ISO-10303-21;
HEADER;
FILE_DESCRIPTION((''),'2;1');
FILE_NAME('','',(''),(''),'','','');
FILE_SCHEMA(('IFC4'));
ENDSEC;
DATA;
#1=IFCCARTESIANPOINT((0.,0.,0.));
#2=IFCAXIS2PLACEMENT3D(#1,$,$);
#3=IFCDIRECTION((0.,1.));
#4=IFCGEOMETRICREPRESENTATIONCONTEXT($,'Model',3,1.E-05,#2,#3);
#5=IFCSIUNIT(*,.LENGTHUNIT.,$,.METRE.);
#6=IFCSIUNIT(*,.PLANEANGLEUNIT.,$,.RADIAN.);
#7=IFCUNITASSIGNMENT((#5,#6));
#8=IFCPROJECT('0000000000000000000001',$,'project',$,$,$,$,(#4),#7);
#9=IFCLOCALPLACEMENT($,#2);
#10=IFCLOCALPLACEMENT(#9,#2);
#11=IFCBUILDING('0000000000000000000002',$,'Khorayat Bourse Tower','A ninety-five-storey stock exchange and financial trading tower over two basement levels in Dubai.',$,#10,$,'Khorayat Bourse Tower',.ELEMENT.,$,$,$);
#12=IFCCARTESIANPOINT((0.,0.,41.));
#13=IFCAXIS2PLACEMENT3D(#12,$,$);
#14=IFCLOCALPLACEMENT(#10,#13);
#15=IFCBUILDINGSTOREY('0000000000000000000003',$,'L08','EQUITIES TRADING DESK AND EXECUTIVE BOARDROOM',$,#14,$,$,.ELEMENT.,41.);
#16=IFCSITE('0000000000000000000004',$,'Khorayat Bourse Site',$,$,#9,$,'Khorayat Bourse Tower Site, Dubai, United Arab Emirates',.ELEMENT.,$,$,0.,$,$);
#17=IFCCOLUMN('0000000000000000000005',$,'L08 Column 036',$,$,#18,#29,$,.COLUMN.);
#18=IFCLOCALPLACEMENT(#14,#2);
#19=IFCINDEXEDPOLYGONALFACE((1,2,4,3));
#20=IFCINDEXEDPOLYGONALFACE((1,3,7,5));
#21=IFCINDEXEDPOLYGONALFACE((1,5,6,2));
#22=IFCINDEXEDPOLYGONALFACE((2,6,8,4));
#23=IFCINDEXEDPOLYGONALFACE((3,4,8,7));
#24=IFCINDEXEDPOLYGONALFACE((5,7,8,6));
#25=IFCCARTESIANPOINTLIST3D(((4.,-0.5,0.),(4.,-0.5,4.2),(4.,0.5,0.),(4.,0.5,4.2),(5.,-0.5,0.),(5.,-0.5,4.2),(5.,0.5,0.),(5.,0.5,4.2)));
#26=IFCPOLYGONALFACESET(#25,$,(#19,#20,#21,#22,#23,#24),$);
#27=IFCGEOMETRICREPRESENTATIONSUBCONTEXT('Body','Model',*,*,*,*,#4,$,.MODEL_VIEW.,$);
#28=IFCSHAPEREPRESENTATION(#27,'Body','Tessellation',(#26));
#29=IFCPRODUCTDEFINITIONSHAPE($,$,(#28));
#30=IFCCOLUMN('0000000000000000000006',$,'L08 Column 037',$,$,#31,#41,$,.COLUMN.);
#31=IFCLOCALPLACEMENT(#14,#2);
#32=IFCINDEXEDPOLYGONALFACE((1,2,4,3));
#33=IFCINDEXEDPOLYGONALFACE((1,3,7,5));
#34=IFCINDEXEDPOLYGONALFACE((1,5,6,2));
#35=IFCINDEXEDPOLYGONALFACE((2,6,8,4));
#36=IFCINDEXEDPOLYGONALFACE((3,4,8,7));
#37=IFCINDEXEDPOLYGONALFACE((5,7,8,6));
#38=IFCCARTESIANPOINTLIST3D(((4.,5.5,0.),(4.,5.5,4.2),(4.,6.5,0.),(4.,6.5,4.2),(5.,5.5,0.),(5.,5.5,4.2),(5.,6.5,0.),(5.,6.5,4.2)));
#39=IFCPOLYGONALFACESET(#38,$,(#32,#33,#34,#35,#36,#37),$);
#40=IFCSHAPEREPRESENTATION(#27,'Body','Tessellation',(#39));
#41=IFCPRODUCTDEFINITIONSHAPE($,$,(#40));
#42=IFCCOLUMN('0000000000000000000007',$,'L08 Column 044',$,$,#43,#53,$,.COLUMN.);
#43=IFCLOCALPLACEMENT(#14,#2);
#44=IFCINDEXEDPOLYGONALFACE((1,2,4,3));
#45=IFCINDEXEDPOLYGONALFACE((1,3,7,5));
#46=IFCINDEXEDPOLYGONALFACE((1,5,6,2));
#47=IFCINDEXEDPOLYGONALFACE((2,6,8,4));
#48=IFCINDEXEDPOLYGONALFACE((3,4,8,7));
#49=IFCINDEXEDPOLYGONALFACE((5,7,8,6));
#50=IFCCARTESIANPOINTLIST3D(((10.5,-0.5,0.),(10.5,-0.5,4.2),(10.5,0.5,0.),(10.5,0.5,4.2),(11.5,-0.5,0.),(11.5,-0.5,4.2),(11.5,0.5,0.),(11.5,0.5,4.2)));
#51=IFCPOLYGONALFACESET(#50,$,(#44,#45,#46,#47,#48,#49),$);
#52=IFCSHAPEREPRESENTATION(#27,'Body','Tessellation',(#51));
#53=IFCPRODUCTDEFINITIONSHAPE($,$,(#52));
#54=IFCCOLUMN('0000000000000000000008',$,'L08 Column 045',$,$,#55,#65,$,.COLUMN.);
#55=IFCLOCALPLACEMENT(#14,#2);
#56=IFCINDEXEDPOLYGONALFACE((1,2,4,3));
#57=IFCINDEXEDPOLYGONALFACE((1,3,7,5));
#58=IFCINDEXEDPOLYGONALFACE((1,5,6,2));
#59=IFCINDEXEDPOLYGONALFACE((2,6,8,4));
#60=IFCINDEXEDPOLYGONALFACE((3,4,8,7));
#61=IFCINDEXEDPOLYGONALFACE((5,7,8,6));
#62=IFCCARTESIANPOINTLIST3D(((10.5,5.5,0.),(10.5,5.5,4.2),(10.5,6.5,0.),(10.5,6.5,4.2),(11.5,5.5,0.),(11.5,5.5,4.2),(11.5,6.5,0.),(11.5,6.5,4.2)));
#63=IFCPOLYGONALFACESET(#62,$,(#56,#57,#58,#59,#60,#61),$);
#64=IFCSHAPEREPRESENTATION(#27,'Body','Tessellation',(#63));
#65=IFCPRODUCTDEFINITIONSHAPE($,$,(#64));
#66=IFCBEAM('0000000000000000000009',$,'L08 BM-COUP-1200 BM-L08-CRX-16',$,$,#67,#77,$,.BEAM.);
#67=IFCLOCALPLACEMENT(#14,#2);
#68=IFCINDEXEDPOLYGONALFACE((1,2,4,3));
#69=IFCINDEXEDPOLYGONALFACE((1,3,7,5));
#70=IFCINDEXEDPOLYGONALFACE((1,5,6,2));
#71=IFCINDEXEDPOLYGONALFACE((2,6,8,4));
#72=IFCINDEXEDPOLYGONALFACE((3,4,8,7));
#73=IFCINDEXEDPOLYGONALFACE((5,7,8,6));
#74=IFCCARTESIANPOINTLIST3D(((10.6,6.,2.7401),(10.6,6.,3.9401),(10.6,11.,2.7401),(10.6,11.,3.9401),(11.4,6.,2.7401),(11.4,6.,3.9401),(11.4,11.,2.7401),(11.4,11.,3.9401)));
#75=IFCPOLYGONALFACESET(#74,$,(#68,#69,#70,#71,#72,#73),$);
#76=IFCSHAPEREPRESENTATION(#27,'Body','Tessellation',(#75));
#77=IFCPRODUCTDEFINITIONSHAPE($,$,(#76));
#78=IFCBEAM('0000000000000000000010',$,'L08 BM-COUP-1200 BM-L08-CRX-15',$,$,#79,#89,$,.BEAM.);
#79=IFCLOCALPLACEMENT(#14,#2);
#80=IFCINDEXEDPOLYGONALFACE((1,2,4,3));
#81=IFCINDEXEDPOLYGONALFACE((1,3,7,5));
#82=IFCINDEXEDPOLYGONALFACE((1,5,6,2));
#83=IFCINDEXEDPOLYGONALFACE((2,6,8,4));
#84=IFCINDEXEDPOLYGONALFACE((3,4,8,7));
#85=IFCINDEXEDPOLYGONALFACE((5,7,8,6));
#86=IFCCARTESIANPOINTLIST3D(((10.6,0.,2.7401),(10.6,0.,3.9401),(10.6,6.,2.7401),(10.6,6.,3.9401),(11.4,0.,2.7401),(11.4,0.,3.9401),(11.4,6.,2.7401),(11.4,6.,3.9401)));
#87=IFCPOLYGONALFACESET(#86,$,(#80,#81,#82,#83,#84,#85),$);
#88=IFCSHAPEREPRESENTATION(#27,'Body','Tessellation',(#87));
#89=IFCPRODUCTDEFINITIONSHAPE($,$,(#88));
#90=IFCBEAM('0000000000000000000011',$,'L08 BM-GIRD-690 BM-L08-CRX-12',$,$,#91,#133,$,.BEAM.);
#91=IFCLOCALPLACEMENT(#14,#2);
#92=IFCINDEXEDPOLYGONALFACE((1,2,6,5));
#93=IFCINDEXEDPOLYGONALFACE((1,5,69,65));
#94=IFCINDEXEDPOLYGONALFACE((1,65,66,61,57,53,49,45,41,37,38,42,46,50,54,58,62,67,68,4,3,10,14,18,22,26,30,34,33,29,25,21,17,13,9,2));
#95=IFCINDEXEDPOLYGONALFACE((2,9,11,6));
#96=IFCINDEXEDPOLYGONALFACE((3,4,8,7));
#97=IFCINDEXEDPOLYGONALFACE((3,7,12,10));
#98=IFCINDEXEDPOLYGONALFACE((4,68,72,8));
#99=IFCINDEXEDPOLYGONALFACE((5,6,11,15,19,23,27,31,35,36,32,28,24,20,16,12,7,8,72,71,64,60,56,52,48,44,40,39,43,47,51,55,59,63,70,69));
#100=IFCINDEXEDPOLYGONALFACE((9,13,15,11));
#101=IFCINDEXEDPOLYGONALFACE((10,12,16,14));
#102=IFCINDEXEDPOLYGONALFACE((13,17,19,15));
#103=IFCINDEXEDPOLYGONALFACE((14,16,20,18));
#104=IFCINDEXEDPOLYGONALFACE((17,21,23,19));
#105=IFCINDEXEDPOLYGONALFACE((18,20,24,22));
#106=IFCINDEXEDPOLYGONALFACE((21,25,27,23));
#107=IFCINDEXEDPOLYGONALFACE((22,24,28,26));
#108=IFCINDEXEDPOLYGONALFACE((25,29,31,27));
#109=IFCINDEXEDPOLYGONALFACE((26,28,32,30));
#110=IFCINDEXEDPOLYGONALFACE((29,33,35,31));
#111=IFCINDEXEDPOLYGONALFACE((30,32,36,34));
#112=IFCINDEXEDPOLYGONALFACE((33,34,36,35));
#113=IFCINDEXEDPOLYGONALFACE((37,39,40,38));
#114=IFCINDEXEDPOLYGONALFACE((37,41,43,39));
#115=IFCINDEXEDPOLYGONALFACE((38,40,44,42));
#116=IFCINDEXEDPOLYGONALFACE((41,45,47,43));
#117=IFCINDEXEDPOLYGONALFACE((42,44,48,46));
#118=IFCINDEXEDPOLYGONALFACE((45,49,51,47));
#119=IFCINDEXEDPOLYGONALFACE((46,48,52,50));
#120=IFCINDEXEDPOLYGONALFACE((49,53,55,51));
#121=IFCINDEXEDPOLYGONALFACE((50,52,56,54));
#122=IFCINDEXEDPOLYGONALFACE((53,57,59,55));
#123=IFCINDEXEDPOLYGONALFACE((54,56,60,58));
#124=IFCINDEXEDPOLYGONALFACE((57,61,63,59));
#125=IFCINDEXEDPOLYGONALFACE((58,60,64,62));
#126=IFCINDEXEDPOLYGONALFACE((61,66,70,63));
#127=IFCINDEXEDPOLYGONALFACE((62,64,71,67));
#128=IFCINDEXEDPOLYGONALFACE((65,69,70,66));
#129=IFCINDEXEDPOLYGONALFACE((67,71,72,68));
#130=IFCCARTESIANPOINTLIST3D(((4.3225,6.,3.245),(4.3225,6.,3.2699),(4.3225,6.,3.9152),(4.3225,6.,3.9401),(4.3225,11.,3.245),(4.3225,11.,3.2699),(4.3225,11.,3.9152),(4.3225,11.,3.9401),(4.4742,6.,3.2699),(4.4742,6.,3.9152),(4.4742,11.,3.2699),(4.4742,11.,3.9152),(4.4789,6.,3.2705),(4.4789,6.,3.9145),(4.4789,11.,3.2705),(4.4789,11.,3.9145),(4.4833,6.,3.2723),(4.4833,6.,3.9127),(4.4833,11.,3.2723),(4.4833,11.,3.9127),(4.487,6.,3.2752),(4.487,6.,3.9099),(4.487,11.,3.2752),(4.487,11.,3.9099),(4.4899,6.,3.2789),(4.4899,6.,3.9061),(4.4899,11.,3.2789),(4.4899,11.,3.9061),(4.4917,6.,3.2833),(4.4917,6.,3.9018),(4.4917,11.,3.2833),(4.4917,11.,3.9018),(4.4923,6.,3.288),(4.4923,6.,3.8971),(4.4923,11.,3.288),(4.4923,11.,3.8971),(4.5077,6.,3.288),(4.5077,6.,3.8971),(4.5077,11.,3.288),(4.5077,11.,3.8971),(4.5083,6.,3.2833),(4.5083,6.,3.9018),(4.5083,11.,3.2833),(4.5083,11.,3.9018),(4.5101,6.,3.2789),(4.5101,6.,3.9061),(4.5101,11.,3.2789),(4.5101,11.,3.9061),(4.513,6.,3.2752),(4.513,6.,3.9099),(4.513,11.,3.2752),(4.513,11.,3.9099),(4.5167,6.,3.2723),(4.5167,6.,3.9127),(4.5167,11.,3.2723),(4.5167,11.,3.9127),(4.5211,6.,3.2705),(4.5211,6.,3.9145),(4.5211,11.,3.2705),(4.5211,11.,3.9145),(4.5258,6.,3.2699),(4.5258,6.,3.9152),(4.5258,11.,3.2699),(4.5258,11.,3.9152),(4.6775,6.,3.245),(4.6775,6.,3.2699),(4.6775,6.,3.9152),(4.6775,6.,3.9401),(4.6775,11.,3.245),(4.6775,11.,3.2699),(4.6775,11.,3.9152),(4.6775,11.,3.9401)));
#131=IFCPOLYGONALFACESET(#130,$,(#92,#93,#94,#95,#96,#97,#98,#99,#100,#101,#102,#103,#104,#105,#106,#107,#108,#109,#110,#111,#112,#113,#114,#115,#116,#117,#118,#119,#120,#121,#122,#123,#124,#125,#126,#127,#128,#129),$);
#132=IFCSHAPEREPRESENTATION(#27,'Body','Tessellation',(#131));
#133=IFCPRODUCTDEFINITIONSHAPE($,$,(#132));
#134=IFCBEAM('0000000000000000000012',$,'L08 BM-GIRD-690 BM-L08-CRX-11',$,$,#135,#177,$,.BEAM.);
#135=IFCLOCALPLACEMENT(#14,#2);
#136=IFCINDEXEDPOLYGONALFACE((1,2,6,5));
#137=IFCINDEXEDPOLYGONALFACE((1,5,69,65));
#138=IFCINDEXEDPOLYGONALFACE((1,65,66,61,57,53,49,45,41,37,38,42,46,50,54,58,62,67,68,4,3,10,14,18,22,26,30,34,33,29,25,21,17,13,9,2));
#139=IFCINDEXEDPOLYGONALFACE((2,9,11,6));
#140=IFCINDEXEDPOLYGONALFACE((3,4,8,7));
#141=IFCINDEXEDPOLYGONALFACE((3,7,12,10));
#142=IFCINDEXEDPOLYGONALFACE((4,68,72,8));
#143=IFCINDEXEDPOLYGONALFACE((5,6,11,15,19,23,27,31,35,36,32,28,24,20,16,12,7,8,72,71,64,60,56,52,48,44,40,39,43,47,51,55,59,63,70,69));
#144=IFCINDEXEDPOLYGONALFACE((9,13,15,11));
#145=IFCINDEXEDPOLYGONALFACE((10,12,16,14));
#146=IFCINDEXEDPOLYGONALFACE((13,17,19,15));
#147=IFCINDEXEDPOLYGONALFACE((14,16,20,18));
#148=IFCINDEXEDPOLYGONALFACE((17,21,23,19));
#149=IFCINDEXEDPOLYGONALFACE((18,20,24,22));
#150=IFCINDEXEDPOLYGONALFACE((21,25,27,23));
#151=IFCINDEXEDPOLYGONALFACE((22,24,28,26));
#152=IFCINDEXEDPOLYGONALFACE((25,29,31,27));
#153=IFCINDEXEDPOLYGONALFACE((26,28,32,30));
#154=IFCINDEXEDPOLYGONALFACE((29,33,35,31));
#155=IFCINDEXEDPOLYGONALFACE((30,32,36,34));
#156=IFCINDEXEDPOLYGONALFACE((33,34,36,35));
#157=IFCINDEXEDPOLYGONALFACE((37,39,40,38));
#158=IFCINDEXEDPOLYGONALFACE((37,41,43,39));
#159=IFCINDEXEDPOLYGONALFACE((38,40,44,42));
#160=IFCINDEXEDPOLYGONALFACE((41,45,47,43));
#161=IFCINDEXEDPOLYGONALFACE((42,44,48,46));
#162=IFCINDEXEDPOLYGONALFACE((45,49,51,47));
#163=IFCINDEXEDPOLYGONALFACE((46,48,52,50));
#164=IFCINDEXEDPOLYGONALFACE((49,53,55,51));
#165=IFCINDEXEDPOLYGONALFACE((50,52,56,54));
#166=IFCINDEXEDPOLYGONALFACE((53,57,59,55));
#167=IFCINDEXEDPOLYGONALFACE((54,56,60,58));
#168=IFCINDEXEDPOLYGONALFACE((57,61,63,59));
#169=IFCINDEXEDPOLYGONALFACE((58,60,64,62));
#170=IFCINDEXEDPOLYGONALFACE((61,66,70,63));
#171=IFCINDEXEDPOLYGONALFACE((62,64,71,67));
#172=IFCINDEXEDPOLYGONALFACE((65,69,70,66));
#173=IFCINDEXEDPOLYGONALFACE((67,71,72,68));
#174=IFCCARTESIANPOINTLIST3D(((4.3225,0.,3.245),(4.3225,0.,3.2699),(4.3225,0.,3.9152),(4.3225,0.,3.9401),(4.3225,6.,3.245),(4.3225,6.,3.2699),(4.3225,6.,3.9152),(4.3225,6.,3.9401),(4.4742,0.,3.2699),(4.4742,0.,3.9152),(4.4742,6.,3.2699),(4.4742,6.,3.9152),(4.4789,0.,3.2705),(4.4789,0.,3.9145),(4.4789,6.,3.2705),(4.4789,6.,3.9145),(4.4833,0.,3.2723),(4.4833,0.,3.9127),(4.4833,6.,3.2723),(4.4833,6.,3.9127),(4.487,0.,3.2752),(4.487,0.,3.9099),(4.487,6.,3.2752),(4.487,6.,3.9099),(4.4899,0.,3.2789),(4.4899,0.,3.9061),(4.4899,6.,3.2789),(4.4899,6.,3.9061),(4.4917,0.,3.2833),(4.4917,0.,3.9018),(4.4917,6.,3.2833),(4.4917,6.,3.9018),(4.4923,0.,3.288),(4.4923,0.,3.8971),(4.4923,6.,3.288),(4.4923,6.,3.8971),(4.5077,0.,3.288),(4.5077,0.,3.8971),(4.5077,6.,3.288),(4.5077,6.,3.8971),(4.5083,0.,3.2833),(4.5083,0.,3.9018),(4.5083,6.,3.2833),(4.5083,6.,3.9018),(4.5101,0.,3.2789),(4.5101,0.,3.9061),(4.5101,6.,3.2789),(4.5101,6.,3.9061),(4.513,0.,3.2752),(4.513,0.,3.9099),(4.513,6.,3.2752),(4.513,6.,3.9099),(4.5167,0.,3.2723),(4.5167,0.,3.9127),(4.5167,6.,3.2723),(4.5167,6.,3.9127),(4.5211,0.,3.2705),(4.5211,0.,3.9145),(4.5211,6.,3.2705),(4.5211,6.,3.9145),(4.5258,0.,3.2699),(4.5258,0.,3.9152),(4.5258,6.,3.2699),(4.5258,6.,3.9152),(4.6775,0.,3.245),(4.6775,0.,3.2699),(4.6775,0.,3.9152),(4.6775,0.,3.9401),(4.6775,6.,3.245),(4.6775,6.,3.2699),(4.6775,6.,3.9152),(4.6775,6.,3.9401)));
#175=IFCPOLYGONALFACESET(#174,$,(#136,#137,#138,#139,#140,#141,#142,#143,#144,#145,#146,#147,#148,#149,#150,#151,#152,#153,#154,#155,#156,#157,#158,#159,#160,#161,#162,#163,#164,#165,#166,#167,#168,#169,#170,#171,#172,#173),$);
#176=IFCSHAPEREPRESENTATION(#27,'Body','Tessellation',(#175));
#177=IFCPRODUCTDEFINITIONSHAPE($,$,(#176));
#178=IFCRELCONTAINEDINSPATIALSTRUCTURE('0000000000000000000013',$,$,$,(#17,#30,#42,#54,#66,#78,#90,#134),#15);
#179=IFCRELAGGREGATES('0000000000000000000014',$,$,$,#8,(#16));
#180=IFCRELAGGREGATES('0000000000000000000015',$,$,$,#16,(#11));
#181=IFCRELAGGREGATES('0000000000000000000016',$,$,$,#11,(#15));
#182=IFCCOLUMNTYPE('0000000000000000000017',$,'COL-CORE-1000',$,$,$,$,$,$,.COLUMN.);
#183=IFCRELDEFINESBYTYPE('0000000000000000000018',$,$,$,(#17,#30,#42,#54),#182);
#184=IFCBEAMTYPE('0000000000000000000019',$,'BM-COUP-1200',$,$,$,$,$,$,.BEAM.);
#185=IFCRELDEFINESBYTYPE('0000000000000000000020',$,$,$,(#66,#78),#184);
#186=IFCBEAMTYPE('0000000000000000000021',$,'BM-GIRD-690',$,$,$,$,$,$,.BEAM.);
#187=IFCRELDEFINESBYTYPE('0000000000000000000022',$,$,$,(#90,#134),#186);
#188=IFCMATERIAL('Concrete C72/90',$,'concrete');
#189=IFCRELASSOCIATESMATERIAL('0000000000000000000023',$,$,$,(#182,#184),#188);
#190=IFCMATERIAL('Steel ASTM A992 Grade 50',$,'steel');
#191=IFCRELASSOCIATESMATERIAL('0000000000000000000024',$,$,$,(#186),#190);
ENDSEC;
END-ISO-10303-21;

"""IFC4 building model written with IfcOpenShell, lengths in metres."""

from ifc_helpers import new_model, si_unit, direction, frame, origin, origin_2d, place, context, subcontext, project, spatial, rectangle, i_section, extrude, source, transform, mapped, material, material_profile, profile_set, type_object, element, save


model = new_model("IFC4")

# Units and contexts
model_context = context("Model", 3, precision=1e-05, world=origin(), true_north=direction((0.0, 1.0)))
body_context = subcontext(model_context, "Body", "Model", "MODEL_VIEW")
ifc_project = project(units=[si_unit("LENGTHUNIT", "METRE"), si_unit("PLANEANGLEUNIT", "RADIAN")], contexts=[model_context])

# Site, building, storey
site_placement = place(None, origin())
site = spatial("IfcSite", under=ifc_project, at=site_placement, Name="Khorayat Bourse Site", LongName="Khorayat Bourse Tower Site, Dubai, United Arab Emirates", CompositionType="ELEMENT", RefElevation=0.0)
building_placement = place(site_placement, origin())
building = spatial("IfcBuilding", under=site, at=building_placement, Name="Khorayat Bourse Tower", Description="A ninety-five-storey stock exchange and financial trading tower over two basement levels in Dubai.", LongName="Khorayat Bourse Tower", CompositionType="ELEMENT")
storey_placement = place(building_placement, frame((0.0, 0.0, 41.0)))
storey = spatial("IfcBuildingStorey", under=building, at=storey_placement, Name="L08", Description="EQUITIES TRADING DESK AND EXECUTIVE BOARDROOM", CompositionType="ELEMENT", Elevation=41.0)

# Columns
ifc_material_1 = material(Name="Concrete C72/90", Category="concrete")
ifc_material_profile_1 = material_profile(ifc_material_1, rectangle(XDim=1.0, YDim=1.0, at=origin_2d()), Name="RC 1000x1000")
ifc_profile_set_1 = profile_set([ifc_material_profile_1], Name="Concrete C72/90")
column_type = type_object("IfcColumnType", Name="COL-CORE-1000", PredefinedType="COLUMN", material=ifc_profile_set_1)
shared_shape_1 = source(origin(), body_context, "Body", "SweptSolid", [
    extrude(rectangle(XDim=1.0, YDim=1.0, at=origin_2d()), origin(), (0.0, 0.0, 1.0), 4.2),
])
for number, where, z_axis, x_axis, name in (
    (1, (4.5, 0.0, 0.0), (0.0, 0.0, 1.0), (1.0, 0.0, 0.0), "L08 Column 036"),
    (2, (4.5, 6.0, 0.0), (0.0, 0.0, 1.0), (1.0, 0.0, 0.0), "L08 Column 037"),
    (3, (11.0, 0.0, 0.0), (0.0, 0.0, 1.0), (1.0, 0.0, 0.0), "L08 Column 044"),
    (4, (11.0, 6.0, 0.0), (0.0, 0.0, 1.0), (1.0, 0.0, 0.0), "L08 Column 045"),
):
    element("IfcColumn", number, at=place(storey_placement, frame(where, z_axis=z_axis, x_axis=x_axis)), inside=storey, type_object=column_type, Name=name, PredefinedType="COLUMN", context=body_context, shape_type="MappedRepresentation", body=[
        mapped(shared_shape_1, transform((0.0, 0.0, 0.0), scale=1.0)),
    ])

# Beams
ifc_material_profile_2 = material_profile(ifc_material_1, rectangle(XDim=0.8, YDim=1.2, at=origin_2d()), Name="RC 800x1200")
ifc_profile_set_2 = profile_set([ifc_material_profile_2], Name="Concrete C72/90")
beam_type_1 = type_object("IfcBeamType", Name="BM-COUP-1200", PredefinedType="BEAM", material=ifc_profile_set_2)
shared_shape_2 = source(origin(), body_context, "Body", "SweptSolid", [
    extrude(rectangle(XDim=0.8, YDim=1.2, at=origin_2d()), origin(), (0.0, 0.0, 1.0), 5.0),
])
beam_1_placement = place(storey_placement, frame((11.0, 6.0, 3.3401), z_axis=(0.0, 1.0, 0.0), x_axis=(-1.0, 0.0, 0.0)))
element("IfcBeam", 5, at=beam_1_placement, inside=storey, type_object=beam_type_1, Name="L08 BM-COUP-1200 BM-L08-CRX-16", PredefinedType="BEAM", context=body_context, shape_type="MappedRepresentation", body=[
    mapped(shared_shape_2, transform((0.0, 0.0, 0.0), scale=1.0)),
])
shared_shape_3 = source(origin(), body_context, "Body", "SweptSolid", [
    extrude(rectangle(XDim=0.8, YDim=1.2, at=origin_2d()), origin(), (0.0, 0.0, 1.0), 6.0),
])
beam_2_placement = place(storey_placement, frame((11.0, 0.0, 3.3401), z_axis=(0.0, 1.0, 0.0), x_axis=(-1.0, 0.0, 0.0)))
element("IfcBeam", 6, at=beam_2_placement, inside=storey, type_object=beam_type_1, Name="L08 BM-COUP-1200 BM-L08-CRX-15", PredefinedType="BEAM", context=body_context, shape_type="MappedRepresentation", body=[
    mapped(shared_shape_3, transform((0.0, 0.0, 0.0), scale=1.0)),
])
ifc_material_2 = material(Name="Steel ASTM A992 Grade 50", Category="steel")
ifc_material_profile_3 = material_profile(ifc_material_2, i_section(OverallWidth=0.355, OverallDepth=0.6951, WebThickness=0.0154, FlangeThickness=0.0249, FilletRadius=0.0181, at=origin_2d()), Name="W690X217")
ifc_profile_set_3 = profile_set([ifc_material_profile_3], Name="Steel ASTM A992 Grade 50")
beam_type_2 = type_object("IfcBeamType", Name="BM-GIRD-690", PredefinedType="BEAM", material=ifc_profile_set_3)
shared_shape_4 = source(origin(), body_context, "Body", "SweptSolid", [
    extrude(i_section(OverallWidth=0.355, OverallDepth=0.6951, WebThickness=0.0154, FlangeThickness=0.0249, FilletRadius=0.0181, at=origin_2d()), origin(), (0.0, 0.0, 1.0), 5.0),
])
beam_3_placement = place(storey_placement, frame((4.5, 6.0, 3.5925), z_axis=(0.0, 1.0, 0.0), x_axis=(-1.0, 0.0, 0.0)))
element("IfcBeam", 7, at=beam_3_placement, inside=storey, type_object=beam_type_2, Name="L08 BM-GIRD-690 BM-L08-CRX-12", PredefinedType="BEAM", context=body_context, shape_type="MappedRepresentation", body=[
    mapped(shared_shape_4, transform((0.0, 0.0, 0.0), scale=1.0)),
])
shared_shape_5 = source(origin(), body_context, "Body", "SweptSolid", [
    extrude(i_section(OverallWidth=0.355, OverallDepth=0.6951, WebThickness=0.0154, FlangeThickness=0.0249, FilletRadius=0.0181, at=origin_2d()), origin(), (0.0, 0.0, 1.0), 6.0),
])
beam_4_placement = place(storey_placement, frame((4.5, 0.0, 3.5925), z_axis=(0.0, 1.0, 0.0), x_axis=(-1.0, 0.0, 0.0)))
element("IfcBeam", 8, at=beam_4_placement, inside=storey, type_object=beam_type_2, Name="L08 BM-GIRD-690 BM-L08-CRX-11", PredefinedType="BEAM", context=body_context, shape_type="MappedRepresentation", body=[
    mapped(shared_shape_5, transform((0.0, 0.0, 0.0), scale=1.0)),
])

save(model, "model.ifc")
